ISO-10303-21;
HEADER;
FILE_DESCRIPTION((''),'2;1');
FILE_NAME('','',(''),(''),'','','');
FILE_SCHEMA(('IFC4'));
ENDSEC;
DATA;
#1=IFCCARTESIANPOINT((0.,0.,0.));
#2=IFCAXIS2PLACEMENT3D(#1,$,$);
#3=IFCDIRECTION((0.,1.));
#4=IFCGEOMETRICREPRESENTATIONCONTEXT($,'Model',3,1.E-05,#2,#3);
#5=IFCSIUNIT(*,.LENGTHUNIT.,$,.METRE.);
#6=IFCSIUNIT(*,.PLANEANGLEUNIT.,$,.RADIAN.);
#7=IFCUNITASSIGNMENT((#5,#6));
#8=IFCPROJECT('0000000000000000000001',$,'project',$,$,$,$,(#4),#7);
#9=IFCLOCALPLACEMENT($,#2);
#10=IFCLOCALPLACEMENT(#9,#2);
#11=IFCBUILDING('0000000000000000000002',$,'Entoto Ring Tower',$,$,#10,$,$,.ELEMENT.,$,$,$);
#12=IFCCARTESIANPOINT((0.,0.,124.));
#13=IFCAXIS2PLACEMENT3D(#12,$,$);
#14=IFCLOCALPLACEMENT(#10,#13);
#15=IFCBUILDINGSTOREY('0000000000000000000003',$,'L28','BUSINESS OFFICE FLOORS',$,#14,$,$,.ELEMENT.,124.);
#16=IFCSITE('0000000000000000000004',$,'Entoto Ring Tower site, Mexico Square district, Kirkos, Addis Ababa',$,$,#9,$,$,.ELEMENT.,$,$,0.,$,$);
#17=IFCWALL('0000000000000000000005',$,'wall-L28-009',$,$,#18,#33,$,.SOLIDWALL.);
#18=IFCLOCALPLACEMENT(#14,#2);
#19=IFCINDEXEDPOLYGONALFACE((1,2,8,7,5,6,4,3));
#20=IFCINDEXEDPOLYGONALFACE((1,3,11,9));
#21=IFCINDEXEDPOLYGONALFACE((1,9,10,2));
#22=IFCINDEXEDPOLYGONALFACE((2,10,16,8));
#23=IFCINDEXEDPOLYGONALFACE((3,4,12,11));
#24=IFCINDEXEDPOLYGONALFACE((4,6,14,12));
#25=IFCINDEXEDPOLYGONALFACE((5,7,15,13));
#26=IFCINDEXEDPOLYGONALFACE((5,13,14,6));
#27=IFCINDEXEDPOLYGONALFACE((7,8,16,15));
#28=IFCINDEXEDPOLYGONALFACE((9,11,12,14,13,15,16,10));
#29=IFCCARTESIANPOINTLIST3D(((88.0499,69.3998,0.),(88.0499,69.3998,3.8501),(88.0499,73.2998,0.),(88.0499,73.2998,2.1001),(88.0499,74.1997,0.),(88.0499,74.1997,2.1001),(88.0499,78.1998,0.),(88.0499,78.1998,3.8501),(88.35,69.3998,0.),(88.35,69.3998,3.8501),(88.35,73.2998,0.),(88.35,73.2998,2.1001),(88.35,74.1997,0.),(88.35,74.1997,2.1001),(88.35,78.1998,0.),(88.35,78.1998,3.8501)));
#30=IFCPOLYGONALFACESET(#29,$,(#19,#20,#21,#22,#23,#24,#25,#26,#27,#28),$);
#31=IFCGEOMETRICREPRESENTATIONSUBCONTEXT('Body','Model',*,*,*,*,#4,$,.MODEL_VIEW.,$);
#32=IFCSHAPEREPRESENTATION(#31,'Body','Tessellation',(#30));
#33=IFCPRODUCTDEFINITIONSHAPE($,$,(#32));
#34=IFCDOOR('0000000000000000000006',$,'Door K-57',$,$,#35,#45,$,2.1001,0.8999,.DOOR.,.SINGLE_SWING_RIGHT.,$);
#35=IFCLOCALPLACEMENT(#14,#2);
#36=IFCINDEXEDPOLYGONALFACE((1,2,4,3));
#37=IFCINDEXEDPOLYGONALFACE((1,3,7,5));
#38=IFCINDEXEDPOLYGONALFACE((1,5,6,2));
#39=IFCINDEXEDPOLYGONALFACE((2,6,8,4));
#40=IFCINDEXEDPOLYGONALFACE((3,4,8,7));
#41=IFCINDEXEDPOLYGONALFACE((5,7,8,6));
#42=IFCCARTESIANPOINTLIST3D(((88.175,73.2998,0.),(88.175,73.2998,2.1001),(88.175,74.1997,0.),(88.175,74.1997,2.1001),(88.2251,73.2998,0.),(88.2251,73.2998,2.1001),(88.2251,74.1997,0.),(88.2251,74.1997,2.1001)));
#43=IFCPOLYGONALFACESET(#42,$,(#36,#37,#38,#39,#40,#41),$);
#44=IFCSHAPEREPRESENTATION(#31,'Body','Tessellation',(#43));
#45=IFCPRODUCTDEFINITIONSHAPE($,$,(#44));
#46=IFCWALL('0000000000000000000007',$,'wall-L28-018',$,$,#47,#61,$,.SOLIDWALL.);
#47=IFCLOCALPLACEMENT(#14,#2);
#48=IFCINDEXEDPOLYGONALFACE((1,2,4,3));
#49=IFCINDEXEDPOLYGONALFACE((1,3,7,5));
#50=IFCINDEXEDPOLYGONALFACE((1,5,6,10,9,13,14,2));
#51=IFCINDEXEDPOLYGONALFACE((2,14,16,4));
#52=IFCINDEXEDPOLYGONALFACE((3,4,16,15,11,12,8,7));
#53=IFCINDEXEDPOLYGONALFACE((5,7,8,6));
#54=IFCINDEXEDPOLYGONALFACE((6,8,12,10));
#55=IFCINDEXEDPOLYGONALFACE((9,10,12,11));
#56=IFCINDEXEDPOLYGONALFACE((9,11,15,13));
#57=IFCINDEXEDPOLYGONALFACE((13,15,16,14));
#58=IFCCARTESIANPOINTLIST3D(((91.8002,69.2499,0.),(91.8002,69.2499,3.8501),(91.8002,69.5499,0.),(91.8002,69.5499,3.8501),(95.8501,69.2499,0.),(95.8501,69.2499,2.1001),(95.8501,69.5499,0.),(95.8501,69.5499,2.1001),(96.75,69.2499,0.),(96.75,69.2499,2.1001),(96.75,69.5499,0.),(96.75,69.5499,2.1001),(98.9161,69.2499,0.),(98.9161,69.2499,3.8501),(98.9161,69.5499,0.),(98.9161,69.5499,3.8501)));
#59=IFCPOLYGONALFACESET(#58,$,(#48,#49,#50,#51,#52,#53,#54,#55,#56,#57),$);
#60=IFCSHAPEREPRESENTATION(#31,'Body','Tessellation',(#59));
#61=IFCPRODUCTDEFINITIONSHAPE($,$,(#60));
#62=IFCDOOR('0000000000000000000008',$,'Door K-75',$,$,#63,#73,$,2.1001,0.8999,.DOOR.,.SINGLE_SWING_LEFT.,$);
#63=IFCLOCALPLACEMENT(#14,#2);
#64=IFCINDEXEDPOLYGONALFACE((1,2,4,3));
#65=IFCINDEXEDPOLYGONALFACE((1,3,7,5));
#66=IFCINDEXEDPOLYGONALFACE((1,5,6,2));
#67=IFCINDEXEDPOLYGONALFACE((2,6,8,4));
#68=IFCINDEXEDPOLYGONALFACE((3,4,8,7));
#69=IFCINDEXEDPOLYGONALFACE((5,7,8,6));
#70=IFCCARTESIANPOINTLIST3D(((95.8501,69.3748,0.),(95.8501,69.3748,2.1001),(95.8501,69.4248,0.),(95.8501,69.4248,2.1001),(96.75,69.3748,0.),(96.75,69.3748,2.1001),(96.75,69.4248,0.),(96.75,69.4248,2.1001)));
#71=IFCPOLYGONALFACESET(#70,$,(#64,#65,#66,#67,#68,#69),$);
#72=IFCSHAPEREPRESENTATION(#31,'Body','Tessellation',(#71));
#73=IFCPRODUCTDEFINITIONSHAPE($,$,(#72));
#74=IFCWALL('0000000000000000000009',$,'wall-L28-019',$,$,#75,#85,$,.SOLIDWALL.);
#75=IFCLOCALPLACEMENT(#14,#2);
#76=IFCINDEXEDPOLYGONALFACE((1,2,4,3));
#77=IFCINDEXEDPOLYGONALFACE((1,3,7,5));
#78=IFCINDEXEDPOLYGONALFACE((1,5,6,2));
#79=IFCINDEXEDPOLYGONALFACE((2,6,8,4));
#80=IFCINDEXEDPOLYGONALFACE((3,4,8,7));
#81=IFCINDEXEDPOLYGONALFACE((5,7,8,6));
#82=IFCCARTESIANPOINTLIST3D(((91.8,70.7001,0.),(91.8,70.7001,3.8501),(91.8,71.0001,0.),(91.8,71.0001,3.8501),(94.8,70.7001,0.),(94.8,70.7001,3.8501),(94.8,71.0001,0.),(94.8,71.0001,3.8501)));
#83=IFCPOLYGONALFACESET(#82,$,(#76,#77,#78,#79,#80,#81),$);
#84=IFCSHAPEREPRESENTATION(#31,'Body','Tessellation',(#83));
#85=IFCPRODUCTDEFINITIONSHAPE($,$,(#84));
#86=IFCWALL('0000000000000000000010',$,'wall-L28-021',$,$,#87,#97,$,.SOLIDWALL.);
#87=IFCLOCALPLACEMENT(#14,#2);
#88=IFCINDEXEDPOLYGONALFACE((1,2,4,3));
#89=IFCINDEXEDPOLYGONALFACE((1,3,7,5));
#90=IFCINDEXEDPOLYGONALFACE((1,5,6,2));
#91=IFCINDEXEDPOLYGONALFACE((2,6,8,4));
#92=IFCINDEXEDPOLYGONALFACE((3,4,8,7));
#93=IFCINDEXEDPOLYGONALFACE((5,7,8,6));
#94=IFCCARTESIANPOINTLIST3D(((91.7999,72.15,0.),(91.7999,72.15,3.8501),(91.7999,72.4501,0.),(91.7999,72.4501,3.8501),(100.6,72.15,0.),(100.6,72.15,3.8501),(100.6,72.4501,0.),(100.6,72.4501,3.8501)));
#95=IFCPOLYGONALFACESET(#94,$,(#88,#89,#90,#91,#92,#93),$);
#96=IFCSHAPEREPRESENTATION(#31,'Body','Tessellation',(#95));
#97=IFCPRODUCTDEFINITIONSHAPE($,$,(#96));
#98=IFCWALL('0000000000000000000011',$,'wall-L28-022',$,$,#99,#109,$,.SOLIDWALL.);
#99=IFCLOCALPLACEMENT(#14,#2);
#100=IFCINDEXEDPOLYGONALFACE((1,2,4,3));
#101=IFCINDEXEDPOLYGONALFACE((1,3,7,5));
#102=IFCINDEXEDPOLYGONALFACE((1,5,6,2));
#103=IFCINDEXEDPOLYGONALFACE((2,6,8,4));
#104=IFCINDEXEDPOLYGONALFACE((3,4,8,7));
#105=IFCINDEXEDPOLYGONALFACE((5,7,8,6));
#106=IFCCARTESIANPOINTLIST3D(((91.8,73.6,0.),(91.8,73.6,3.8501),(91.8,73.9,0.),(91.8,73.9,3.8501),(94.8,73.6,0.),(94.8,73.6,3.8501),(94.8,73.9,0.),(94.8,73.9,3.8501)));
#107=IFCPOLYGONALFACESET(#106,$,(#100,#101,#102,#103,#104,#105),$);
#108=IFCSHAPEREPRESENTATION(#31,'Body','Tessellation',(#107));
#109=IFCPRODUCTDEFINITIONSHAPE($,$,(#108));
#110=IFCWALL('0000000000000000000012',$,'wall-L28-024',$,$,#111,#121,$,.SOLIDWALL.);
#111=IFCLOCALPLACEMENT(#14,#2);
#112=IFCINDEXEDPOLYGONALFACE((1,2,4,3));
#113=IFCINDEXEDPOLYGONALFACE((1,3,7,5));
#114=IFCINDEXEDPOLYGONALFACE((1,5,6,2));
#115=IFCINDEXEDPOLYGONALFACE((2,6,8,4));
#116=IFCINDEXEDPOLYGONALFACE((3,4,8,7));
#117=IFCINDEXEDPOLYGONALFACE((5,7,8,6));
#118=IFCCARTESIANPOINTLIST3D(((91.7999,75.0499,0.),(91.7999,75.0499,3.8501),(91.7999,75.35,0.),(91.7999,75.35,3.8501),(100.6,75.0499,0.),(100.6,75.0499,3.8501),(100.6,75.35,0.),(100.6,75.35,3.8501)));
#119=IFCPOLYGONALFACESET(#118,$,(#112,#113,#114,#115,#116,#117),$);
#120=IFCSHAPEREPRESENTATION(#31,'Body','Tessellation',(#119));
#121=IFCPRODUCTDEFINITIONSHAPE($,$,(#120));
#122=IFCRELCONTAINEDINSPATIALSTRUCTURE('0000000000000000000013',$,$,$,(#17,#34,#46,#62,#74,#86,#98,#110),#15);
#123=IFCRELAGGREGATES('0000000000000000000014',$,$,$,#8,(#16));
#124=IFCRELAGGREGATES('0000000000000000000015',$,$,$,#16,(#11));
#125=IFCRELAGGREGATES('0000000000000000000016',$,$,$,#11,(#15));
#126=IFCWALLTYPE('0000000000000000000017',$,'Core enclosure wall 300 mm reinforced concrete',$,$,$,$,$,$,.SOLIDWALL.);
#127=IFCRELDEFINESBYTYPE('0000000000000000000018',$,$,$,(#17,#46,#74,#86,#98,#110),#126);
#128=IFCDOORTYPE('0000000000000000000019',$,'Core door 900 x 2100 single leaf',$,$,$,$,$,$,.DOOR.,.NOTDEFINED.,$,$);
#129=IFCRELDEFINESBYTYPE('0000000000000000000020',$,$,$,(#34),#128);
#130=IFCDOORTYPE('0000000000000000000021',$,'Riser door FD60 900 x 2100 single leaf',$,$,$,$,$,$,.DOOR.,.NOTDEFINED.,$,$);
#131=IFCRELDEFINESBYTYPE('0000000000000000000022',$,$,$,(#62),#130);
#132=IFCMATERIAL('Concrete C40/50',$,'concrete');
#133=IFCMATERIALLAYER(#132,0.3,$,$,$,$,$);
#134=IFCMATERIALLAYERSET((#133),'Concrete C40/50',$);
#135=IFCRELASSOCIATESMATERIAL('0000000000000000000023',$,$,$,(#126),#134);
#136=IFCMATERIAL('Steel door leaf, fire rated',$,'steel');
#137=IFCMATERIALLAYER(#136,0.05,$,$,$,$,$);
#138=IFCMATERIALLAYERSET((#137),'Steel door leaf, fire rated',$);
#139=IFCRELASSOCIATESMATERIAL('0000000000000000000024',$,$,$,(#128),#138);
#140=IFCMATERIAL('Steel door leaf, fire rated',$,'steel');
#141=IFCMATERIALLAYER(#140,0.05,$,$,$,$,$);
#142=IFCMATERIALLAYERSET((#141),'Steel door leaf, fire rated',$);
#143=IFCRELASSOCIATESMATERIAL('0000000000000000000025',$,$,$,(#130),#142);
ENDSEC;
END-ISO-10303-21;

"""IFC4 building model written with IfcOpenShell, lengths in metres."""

from ifc_helpers import new_model, si_unit, direction, frame, frame_2d, origin, place, context, subcontext, project, spatial, rectangle, extrude, material, layer, layer_set, type_object, element, fill, save


model = new_model("IFC4")

# Units and contexts
model_context = context("Model", 3, precision=1e-05, world=origin(), true_north=direction((0.0, 1.0)))
body_context = subcontext(model_context, "Body", "Model", "MODEL_VIEW")
ifc_project = project(units=[si_unit("LENGTHUNIT", "METRE"), si_unit("PLANEANGLEUNIT", "RADIAN")], contexts=[model_context])

# Site, building, storey
site_placement = place(None, origin())
site = spatial("IfcSite", under=ifc_project, at=site_placement, Name="Entoto Ring Tower site, Mexico Square district, Kirkos, Addis Ababa", CompositionType="ELEMENT", RefElevation=0.0)
building_placement = place(site_placement, origin())
building = spatial("IfcBuilding", under=site, at=building_placement, Name="Entoto Ring Tower", CompositionType="ELEMENT")
storey_placement = place(building_placement, frame((0.0, 0.0, 124.0)))
storey = spatial("IfcBuildingStorey", under=building, at=storey_placement, Name="L28", Description="BUSINESS OFFICE FLOORS", CompositionType="ELEMENT", Elevation=124.0)

# Shared definitions
ifc_material_1 = material(Name="Concrete C40/50", Category="concrete")
ifc_layer_1 = layer(ifc_material_1, 0.3)
ifc_layer_set_1 = layer_set([ifc_layer_1], Name="Concrete C40/50")
wall_type = type_object("IfcWallType", Name="Core enclosure wall 300 mm reinforced concrete", PredefinedType="SOLIDWALL", material=ifc_layer_set_1)

# Shared definitions
ifc_material_2 = material(Name="Steel door leaf, fire rated", Category="steel")
ifc_layer_2 = layer(ifc_material_2, 0.05)
ifc_layer_set_2 = layer_set([ifc_layer_2], Name="Steel door leaf, fire rated")
door_type_1 = type_object("IfcDoorType", Name="Core door 900 x 2100 single leaf", OperationType="NOTDEFINED", PredefinedType="DOOR", material=ifc_layer_set_2)

# Walls, openings, doors
wall_1_placement = place(storey_placement, frame((88.2, 69.3999, 0.0), z_axis=(0.0, 0.0, 1.0), x_axis=(0.0, 1.0, 0.0)))
wall_1 = element("IfcWall", 1, at=wall_1_placement, inside=storey, type_object=wall_type, Name="wall-L28-009", PredefinedType="SOLIDWALL", context=body_context, shape_type="SweptSolid", body=[
    extrude(rectangle(XDim=8.8, YDim=0.3, at=frame_2d((4.3999, 0.0))), origin(), (0.0, 0.0, 1.0), 3.8501),
])
opening_1_placement = place(wall_1_placement, frame((3.8999, 0.0, 0.0)))
opening_1 = element("IfcOpeningElement", 2, at=opening_1_placement, cuts=wall_1, PredefinedType="OPENING", context=body_context, shape_type="SweptSolid", body=[
    extrude(rectangle(XDim=0.8999, YDim=2.1001, at=frame_2d((0.45, 1.05))), frame((0.0, 0.1602, 0.0), z_axis=(0.0, -1.0, 0.0), x_axis=(1.0, 0.0, 0.0)), (0.0, 0.0, 1.0), 0.3201),
])
door_1_placement = place(opening_1_placement, origin())
door_1 = element("IfcDoor", 3, at=door_1_placement, inside=storey, type_object=door_type_1, Name="Door K-57", OperationType="SINGLE_SWING_RIGHT", OverallHeight=2.1001, OverallWidth=0.8999, PredefinedType="DOOR", context=body_context, shape_type="SweptSolid", body=[
    extrude(rectangle(XDim=0.8999, YDim=2.1001, at=frame_2d((0.45, 1.05))), frame((0.0, 0.0249, 0.0), z_axis=(0.0, -1.0, 0.0), x_axis=(1.0, 0.0, 0.0)), (0.0, 0.0, 1.0), 0.05),
])
fill(opening_1, door_1)
wall_2_placement = place(storey_placement, frame((91.8, 69.3999, 0.0), z_axis=(0.0, 0.0, 1.0), x_axis=(1.0, 0.0, 0.0)))
wall_2 = element("IfcWall", 4, at=wall_2_placement, inside=storey, type_object=wall_type, Name="wall-L28-018", PredefinedType="SOLIDWALL", context=body_context, shape_type="SweptSolid", body=[
    extrude(rectangle(XDim=7.116, YDim=0.3, at=frame_2d((3.5581, 0.0))), origin(), (0.0, 0.0, 1.0), 3.8501),
])
opening_2_placement = place(wall_2_placement, frame((4.05, 0.0, 0.0)))
opening_2 = element("IfcOpeningElement", 5, at=opening_2_placement, cuts=wall_2, PredefinedType="OPENING", context=body_context, shape_type="SweptSolid", body=[
    extrude(rectangle(XDim=0.8999, YDim=2.1001, at=frame_2d((0.45, 1.05))), frame((0.0, 0.1602, 0.0), z_axis=(0.0, -1.0, 0.0), x_axis=(1.0, 0.0, 0.0)), (0.0, 0.0, 1.0), 0.3201),
])
ifc_material_3 = material(Name="Steel door leaf, fire rated", Category="steel")
ifc_layer_3 = layer(ifc_material_3, 0.05)
ifc_layer_set_3 = layer_set([ifc_layer_3], Name="Steel door leaf, fire rated")
door_type_2 = type_object("IfcDoorType", Name="Riser door FD60 900 x 2100 single leaf", OperationType="NOTDEFINED", PredefinedType="DOOR", material=ifc_layer_set_3)
door_2_placement = place(opening_2_placement, origin())
door_2 = element("IfcDoor", 6, at=door_2_placement, inside=storey, type_object=door_type_2, Name="Door K-75", OperationType="SINGLE_SWING_LEFT", OverallHeight=2.1001, OverallWidth=0.8999, PredefinedType="DOOR", context=body_context, shape_type="SweptSolid", body=[
    extrude(rectangle(XDim=0.8999, YDim=2.1001, at=frame_2d((0.45, 1.05))), frame((0.0, 0.0249, 0.0), z_axis=(0.0, -1.0, 0.0), x_axis=(1.0, 0.0, 0.0)), (0.0, 0.0, 1.0), 0.05),
])
fill(opening_2, door_2)

# Walls
wall_3_placement = place(storey_placement, frame((91.8, 70.8501, 0.0), z_axis=(0.0, 0.0, 1.0), x_axis=(1.0, 0.0, 0.0)))
element("IfcWall", 7, at=wall_3_placement, inside=storey, type_object=wall_type, Name="wall-L28-019", PredefinedType="SOLIDWALL", context=body_context, shape_type="SweptSolid", body=[
    extrude(rectangle(XDim=3.0, YDim=0.3, at=frame_2d((1.5, 0.0))), origin(), (0.0, 0.0, 1.0), 3.8501),
])
wall_4_placement = place(storey_placement, frame((91.8, 72.3, 0.0), z_axis=(0.0, 0.0, 1.0), x_axis=(1.0, 0.0, 0.0)))
element("IfcWall", 8, at=wall_4_placement, inside=storey, type_object=wall_type, Name="wall-L28-021", PredefinedType="SOLIDWALL", context=body_context, shape_type="SweptSolid", body=[
    extrude(rectangle(XDim=8.8, YDim=0.3, at=frame_2d((4.3999, 0.0))), origin(), (0.0, 0.0, 1.0), 3.8501),
])
wall_5_placement = place(storey_placement, frame((91.8, 73.75, 0.0), z_axis=(0.0, 0.0, 1.0), x_axis=(1.0, 0.0, 0.0)))
element("IfcWall", 9, at=wall_5_placement, inside=storey, type_object=wall_type, Name="wall-L28-022", PredefinedType="SOLIDWALL", context=body_context, shape_type="SweptSolid", body=[
    extrude(rectangle(XDim=3.0, YDim=0.3, at=frame_2d((1.5, 0.0))), origin(), (0.0, 0.0, 1.0), 3.8501),
])
wall_6_placement = place(storey_placement, frame((91.8, 75.2, 0.0), z_axis=(0.0, 0.0, 1.0), x_axis=(1.0, 0.0, 0.0)))
element("IfcWall", 10, at=wall_6_placement, inside=storey, type_object=wall_type, Name="wall-L28-024", PredefinedType="SOLIDWALL", context=body_context, shape_type="SweptSolid", body=[
    extrude(rectangle(XDim=8.8, YDim=0.3, at=frame_2d((4.3999, 0.0))), origin(), (0.0, 0.0, 1.0), 3.8501),
])

save(model, "model.ifc")
